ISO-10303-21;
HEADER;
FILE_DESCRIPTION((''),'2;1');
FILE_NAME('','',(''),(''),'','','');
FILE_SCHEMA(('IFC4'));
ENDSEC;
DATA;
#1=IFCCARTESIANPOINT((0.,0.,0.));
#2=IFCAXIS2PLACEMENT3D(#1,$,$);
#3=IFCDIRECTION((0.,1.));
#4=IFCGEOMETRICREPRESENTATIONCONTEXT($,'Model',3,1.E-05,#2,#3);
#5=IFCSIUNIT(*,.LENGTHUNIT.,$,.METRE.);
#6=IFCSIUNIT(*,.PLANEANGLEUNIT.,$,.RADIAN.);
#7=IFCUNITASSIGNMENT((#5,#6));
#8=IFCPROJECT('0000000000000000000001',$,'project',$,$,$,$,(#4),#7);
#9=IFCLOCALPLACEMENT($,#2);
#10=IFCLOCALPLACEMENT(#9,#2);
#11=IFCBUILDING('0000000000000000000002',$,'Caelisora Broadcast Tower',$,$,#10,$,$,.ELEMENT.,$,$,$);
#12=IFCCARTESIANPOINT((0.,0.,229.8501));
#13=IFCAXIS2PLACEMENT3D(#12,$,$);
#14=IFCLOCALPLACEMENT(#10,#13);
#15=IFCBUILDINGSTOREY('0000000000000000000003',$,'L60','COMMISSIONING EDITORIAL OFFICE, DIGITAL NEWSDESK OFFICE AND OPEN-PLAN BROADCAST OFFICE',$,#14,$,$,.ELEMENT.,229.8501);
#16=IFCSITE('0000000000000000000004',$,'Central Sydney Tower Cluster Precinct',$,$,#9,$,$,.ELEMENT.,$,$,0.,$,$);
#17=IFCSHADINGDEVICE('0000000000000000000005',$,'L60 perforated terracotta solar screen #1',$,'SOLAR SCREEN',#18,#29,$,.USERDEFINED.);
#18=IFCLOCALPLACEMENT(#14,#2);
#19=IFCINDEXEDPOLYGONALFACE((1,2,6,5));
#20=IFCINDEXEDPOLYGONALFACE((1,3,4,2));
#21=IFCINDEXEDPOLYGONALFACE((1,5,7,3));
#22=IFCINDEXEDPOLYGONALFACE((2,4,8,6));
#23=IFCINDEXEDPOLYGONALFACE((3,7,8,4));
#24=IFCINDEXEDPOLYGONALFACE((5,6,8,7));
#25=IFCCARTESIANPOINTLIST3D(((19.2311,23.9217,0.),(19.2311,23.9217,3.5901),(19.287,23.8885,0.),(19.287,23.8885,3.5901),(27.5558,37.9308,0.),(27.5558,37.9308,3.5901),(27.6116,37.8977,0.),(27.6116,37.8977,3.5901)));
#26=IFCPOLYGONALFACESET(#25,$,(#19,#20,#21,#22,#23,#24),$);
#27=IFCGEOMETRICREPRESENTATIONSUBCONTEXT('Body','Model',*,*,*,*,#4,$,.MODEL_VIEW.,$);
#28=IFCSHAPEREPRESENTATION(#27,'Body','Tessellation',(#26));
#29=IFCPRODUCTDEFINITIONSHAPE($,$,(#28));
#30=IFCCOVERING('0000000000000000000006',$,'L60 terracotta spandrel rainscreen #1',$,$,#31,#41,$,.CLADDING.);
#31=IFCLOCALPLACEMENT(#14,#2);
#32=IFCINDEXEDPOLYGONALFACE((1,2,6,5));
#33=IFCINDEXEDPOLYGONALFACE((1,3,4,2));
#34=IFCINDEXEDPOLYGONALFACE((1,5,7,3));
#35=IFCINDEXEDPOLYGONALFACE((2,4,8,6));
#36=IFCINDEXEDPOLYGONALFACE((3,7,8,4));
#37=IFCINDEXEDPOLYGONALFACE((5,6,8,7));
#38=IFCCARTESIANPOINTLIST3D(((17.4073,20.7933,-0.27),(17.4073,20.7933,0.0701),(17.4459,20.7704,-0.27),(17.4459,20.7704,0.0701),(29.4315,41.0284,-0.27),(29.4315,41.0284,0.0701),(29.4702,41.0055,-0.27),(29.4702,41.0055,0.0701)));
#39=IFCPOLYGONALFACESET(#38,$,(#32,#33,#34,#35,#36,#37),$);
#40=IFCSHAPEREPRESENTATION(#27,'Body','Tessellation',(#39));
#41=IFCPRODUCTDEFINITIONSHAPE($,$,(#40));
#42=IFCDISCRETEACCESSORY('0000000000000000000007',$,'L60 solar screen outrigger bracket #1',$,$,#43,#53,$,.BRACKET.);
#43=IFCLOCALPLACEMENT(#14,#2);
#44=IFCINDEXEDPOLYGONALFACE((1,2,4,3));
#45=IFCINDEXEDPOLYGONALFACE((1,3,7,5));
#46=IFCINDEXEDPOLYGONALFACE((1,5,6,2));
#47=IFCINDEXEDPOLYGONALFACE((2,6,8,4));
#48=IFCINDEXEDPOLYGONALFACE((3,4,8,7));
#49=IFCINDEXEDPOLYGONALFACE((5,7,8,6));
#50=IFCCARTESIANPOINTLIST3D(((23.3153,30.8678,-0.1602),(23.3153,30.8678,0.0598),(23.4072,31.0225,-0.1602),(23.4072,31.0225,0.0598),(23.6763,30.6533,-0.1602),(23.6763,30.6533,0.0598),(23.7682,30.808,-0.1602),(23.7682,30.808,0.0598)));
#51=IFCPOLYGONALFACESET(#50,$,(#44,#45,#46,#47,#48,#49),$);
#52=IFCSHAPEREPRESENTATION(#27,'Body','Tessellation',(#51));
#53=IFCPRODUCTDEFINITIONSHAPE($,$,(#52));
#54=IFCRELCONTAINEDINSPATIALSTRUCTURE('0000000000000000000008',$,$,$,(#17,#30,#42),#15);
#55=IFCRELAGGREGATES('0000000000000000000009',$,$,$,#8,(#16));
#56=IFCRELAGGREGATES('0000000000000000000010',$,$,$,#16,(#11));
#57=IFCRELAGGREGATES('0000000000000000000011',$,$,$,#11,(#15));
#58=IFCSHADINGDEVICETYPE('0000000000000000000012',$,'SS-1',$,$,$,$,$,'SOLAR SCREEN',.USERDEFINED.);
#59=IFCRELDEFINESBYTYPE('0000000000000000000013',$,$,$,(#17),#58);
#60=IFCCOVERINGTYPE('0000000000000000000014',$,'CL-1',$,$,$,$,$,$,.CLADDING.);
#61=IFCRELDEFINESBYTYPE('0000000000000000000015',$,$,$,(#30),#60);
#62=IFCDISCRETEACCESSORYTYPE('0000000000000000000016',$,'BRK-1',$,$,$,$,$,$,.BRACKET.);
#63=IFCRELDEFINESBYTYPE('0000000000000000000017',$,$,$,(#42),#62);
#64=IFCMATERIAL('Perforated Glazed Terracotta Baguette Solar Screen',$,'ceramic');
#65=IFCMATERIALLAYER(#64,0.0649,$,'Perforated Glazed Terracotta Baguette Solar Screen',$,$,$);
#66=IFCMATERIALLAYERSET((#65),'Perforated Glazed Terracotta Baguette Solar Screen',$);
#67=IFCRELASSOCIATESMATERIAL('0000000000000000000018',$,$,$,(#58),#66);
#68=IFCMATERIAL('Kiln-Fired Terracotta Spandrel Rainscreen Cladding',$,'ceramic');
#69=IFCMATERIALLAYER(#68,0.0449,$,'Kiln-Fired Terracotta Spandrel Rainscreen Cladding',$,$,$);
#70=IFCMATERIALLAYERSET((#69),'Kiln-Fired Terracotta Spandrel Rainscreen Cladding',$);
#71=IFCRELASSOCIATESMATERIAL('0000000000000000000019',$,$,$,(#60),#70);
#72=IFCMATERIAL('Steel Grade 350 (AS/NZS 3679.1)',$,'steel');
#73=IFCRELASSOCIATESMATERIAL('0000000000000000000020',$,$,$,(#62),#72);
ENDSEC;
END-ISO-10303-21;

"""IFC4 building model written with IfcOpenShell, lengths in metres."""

from ifc_helpers import new_model, si_unit, direction, frame, origin, origin_2d, place, context, subcontext, project, spatial, rectangle, extrude, source, transform, mapped, material, layer, layer_set, type_object, type_shapes, element, save


model = new_model("IFC4")

# Units and contexts
model_context = context("Model", 3, precision=1e-05, world=origin(), true_north=direction((0.0, 1.0)))
body_context = subcontext(model_context, "Body", "Model", "MODEL_VIEW")
ifc_project = project(units=[si_unit("LENGTHUNIT", "METRE"), si_unit("PLANEANGLEUNIT", "RADIAN")], contexts=[model_context])

# Site, building, storey
site_placement = place(None, origin())
site = spatial("IfcSite", under=ifc_project, at=site_placement, Name="Central Sydney Tower Cluster Precinct", CompositionType="ELEMENT", RefElevation=0.0)
building_placement = place(site_placement, origin())
building = spatial("IfcBuilding", under=site, at=building_placement, Name="Caelisora Broadcast Tower", CompositionType="ELEMENT")
storey_placement = place(building_placement, frame((0.0, 0.0, 229.8501)))
storey = spatial("IfcBuildingStorey", under=building, at=storey_placement, Name="L60", Description="COMMISSIONING EDITORIAL OFFICE, DIGITAL NEWSDESK OFFICE AND OPEN-PLAN BROADCAST OFFICE", CompositionType="ELEMENT", Elevation=229.8501)

# Shared definitions
ifc_material_1 = material(Name="Steel Grade 350 (AS/NZS 3679.1)", Category="steel")

# Shading device
ifc_material_2 = material(Name="Perforated Glazed Terracotta Baguette Solar Screen", Category="ceramic")
ifc_layer_1 = layer(ifc_material_2, 0.0649, Name="Perforated Glazed Terracotta Baguette Solar Screen")
ifc_layer_set_1 = layer_set([ifc_layer_1], Name="Perforated Glazed Terracotta Baguette Solar Screen")
shading_device_type = type_object("IfcShadingDeviceType", Name="SS-1", ElementType="SOLAR SCREEN", PredefinedType="USERDEFINED", material=ifc_layer_set_1)
shared_shape_1 = source(origin(), body_context, "Body", "SweptSolid", [
    extrude(rectangle(XDim=16.2959, YDim=0.0649, at=origin_2d()), origin(), (0.0, 0.0, 1.0), 3.5901),
])
type_shapes(shading_device_type, [shared_shape_1])
shading_device_placement = place(storey_placement, frame((23.4214, 30.9097, 0.0), z_axis=(0.0, 0.0, 1.0), x_axis=(-0.510843, -0.859674, 0.0)))
element("IfcShadingDevice", 1, at=shading_device_placement, inside=storey, type_object=shading_device_type, Name="L60 perforated terracotta solar screen #1", ObjectType="SOLAR SCREEN", PredefinedType="USERDEFINED", context=body_context, shape_type="MappedRepresentation", body=[
    mapped(shared_shape_1, transform((0.0, 0.0, 0.0), scale=1.0)),
])

# Covering
ifc_material_3 = material(Name="Kiln-Fired Terracotta Spandrel Rainscreen Cladding", Category="ceramic")
ifc_layer_2 = layer(ifc_material_3, 0.0449, Name="Kiln-Fired Terracotta Spandrel Rainscreen Cladding")
ifc_layer_set_2 = layer_set([ifc_layer_2], Name="Kiln-Fired Terracotta Spandrel Rainscreen Cladding")
covering_type = type_object("IfcCoveringType", Name="CL-1", PredefinedType="CLADDING", material=ifc_layer_set_2)
shared_shape_2 = source(origin(), body_context, "Body", "SweptSolid", [
    extrude(rectangle(XDim=23.5381, YDim=0.0449, at=origin_2d()), origin(), (0.0, 0.0, 1.0), 0.3401),
])
type_shapes(covering_type, [shared_shape_2])
covering_placement = place(storey_placement, frame((23.4387, 30.8994, -0.27), z_axis=(0.0, 0.0, 1.0), x_axis=(-0.510843, -0.859674, 0.0)))
element("IfcCovering", 2, at=covering_placement, inside=storey, type_object=covering_type, Name="L60 terracotta spandrel rainscreen #1", PredefinedType="CLADDING", context=body_context, shape_type="MappedRepresentation", body=[
    mapped(shared_shape_2, transform((0.0, 0.0, 0.0), scale=1.0)),
])

# Discrete accessory
discrete_accessory_type = type_object("IfcDiscreteAccessoryType", Name="BRK-1", PredefinedType="BRACKET", material=ifc_material_1)
shared_shape_3 = source(origin(), body_context, "Body", "SweptSolid", [
    extrude(rectangle(XDim=0.1799, YDim=0.4199, at=origin_2d()), origin(), (0.0, 0.0, 1.0), 0.22),
])
type_shapes(discrete_accessory_type, [shared_shape_3])
discrete_accessory_placement = place(storey_placement, frame((23.5417, 30.8379, -0.1602), z_axis=(0.0, 0.0, 1.0), x_axis=(-0.510843, -0.859674, 0.0)))
element("IfcDiscreteAccessory", 3, at=discrete_accessory_placement, inside=storey, type_object=discrete_accessory_type, Name="L60 solar screen outrigger bracket #1", PredefinedType="BRACKET", context=body_context, shape_type="MappedRepresentation", body=[
    mapped(shared_shape_3, transform((0.0, 0.0, 0.0), scale=1.0)),
])

save(model, "model.ifc")
